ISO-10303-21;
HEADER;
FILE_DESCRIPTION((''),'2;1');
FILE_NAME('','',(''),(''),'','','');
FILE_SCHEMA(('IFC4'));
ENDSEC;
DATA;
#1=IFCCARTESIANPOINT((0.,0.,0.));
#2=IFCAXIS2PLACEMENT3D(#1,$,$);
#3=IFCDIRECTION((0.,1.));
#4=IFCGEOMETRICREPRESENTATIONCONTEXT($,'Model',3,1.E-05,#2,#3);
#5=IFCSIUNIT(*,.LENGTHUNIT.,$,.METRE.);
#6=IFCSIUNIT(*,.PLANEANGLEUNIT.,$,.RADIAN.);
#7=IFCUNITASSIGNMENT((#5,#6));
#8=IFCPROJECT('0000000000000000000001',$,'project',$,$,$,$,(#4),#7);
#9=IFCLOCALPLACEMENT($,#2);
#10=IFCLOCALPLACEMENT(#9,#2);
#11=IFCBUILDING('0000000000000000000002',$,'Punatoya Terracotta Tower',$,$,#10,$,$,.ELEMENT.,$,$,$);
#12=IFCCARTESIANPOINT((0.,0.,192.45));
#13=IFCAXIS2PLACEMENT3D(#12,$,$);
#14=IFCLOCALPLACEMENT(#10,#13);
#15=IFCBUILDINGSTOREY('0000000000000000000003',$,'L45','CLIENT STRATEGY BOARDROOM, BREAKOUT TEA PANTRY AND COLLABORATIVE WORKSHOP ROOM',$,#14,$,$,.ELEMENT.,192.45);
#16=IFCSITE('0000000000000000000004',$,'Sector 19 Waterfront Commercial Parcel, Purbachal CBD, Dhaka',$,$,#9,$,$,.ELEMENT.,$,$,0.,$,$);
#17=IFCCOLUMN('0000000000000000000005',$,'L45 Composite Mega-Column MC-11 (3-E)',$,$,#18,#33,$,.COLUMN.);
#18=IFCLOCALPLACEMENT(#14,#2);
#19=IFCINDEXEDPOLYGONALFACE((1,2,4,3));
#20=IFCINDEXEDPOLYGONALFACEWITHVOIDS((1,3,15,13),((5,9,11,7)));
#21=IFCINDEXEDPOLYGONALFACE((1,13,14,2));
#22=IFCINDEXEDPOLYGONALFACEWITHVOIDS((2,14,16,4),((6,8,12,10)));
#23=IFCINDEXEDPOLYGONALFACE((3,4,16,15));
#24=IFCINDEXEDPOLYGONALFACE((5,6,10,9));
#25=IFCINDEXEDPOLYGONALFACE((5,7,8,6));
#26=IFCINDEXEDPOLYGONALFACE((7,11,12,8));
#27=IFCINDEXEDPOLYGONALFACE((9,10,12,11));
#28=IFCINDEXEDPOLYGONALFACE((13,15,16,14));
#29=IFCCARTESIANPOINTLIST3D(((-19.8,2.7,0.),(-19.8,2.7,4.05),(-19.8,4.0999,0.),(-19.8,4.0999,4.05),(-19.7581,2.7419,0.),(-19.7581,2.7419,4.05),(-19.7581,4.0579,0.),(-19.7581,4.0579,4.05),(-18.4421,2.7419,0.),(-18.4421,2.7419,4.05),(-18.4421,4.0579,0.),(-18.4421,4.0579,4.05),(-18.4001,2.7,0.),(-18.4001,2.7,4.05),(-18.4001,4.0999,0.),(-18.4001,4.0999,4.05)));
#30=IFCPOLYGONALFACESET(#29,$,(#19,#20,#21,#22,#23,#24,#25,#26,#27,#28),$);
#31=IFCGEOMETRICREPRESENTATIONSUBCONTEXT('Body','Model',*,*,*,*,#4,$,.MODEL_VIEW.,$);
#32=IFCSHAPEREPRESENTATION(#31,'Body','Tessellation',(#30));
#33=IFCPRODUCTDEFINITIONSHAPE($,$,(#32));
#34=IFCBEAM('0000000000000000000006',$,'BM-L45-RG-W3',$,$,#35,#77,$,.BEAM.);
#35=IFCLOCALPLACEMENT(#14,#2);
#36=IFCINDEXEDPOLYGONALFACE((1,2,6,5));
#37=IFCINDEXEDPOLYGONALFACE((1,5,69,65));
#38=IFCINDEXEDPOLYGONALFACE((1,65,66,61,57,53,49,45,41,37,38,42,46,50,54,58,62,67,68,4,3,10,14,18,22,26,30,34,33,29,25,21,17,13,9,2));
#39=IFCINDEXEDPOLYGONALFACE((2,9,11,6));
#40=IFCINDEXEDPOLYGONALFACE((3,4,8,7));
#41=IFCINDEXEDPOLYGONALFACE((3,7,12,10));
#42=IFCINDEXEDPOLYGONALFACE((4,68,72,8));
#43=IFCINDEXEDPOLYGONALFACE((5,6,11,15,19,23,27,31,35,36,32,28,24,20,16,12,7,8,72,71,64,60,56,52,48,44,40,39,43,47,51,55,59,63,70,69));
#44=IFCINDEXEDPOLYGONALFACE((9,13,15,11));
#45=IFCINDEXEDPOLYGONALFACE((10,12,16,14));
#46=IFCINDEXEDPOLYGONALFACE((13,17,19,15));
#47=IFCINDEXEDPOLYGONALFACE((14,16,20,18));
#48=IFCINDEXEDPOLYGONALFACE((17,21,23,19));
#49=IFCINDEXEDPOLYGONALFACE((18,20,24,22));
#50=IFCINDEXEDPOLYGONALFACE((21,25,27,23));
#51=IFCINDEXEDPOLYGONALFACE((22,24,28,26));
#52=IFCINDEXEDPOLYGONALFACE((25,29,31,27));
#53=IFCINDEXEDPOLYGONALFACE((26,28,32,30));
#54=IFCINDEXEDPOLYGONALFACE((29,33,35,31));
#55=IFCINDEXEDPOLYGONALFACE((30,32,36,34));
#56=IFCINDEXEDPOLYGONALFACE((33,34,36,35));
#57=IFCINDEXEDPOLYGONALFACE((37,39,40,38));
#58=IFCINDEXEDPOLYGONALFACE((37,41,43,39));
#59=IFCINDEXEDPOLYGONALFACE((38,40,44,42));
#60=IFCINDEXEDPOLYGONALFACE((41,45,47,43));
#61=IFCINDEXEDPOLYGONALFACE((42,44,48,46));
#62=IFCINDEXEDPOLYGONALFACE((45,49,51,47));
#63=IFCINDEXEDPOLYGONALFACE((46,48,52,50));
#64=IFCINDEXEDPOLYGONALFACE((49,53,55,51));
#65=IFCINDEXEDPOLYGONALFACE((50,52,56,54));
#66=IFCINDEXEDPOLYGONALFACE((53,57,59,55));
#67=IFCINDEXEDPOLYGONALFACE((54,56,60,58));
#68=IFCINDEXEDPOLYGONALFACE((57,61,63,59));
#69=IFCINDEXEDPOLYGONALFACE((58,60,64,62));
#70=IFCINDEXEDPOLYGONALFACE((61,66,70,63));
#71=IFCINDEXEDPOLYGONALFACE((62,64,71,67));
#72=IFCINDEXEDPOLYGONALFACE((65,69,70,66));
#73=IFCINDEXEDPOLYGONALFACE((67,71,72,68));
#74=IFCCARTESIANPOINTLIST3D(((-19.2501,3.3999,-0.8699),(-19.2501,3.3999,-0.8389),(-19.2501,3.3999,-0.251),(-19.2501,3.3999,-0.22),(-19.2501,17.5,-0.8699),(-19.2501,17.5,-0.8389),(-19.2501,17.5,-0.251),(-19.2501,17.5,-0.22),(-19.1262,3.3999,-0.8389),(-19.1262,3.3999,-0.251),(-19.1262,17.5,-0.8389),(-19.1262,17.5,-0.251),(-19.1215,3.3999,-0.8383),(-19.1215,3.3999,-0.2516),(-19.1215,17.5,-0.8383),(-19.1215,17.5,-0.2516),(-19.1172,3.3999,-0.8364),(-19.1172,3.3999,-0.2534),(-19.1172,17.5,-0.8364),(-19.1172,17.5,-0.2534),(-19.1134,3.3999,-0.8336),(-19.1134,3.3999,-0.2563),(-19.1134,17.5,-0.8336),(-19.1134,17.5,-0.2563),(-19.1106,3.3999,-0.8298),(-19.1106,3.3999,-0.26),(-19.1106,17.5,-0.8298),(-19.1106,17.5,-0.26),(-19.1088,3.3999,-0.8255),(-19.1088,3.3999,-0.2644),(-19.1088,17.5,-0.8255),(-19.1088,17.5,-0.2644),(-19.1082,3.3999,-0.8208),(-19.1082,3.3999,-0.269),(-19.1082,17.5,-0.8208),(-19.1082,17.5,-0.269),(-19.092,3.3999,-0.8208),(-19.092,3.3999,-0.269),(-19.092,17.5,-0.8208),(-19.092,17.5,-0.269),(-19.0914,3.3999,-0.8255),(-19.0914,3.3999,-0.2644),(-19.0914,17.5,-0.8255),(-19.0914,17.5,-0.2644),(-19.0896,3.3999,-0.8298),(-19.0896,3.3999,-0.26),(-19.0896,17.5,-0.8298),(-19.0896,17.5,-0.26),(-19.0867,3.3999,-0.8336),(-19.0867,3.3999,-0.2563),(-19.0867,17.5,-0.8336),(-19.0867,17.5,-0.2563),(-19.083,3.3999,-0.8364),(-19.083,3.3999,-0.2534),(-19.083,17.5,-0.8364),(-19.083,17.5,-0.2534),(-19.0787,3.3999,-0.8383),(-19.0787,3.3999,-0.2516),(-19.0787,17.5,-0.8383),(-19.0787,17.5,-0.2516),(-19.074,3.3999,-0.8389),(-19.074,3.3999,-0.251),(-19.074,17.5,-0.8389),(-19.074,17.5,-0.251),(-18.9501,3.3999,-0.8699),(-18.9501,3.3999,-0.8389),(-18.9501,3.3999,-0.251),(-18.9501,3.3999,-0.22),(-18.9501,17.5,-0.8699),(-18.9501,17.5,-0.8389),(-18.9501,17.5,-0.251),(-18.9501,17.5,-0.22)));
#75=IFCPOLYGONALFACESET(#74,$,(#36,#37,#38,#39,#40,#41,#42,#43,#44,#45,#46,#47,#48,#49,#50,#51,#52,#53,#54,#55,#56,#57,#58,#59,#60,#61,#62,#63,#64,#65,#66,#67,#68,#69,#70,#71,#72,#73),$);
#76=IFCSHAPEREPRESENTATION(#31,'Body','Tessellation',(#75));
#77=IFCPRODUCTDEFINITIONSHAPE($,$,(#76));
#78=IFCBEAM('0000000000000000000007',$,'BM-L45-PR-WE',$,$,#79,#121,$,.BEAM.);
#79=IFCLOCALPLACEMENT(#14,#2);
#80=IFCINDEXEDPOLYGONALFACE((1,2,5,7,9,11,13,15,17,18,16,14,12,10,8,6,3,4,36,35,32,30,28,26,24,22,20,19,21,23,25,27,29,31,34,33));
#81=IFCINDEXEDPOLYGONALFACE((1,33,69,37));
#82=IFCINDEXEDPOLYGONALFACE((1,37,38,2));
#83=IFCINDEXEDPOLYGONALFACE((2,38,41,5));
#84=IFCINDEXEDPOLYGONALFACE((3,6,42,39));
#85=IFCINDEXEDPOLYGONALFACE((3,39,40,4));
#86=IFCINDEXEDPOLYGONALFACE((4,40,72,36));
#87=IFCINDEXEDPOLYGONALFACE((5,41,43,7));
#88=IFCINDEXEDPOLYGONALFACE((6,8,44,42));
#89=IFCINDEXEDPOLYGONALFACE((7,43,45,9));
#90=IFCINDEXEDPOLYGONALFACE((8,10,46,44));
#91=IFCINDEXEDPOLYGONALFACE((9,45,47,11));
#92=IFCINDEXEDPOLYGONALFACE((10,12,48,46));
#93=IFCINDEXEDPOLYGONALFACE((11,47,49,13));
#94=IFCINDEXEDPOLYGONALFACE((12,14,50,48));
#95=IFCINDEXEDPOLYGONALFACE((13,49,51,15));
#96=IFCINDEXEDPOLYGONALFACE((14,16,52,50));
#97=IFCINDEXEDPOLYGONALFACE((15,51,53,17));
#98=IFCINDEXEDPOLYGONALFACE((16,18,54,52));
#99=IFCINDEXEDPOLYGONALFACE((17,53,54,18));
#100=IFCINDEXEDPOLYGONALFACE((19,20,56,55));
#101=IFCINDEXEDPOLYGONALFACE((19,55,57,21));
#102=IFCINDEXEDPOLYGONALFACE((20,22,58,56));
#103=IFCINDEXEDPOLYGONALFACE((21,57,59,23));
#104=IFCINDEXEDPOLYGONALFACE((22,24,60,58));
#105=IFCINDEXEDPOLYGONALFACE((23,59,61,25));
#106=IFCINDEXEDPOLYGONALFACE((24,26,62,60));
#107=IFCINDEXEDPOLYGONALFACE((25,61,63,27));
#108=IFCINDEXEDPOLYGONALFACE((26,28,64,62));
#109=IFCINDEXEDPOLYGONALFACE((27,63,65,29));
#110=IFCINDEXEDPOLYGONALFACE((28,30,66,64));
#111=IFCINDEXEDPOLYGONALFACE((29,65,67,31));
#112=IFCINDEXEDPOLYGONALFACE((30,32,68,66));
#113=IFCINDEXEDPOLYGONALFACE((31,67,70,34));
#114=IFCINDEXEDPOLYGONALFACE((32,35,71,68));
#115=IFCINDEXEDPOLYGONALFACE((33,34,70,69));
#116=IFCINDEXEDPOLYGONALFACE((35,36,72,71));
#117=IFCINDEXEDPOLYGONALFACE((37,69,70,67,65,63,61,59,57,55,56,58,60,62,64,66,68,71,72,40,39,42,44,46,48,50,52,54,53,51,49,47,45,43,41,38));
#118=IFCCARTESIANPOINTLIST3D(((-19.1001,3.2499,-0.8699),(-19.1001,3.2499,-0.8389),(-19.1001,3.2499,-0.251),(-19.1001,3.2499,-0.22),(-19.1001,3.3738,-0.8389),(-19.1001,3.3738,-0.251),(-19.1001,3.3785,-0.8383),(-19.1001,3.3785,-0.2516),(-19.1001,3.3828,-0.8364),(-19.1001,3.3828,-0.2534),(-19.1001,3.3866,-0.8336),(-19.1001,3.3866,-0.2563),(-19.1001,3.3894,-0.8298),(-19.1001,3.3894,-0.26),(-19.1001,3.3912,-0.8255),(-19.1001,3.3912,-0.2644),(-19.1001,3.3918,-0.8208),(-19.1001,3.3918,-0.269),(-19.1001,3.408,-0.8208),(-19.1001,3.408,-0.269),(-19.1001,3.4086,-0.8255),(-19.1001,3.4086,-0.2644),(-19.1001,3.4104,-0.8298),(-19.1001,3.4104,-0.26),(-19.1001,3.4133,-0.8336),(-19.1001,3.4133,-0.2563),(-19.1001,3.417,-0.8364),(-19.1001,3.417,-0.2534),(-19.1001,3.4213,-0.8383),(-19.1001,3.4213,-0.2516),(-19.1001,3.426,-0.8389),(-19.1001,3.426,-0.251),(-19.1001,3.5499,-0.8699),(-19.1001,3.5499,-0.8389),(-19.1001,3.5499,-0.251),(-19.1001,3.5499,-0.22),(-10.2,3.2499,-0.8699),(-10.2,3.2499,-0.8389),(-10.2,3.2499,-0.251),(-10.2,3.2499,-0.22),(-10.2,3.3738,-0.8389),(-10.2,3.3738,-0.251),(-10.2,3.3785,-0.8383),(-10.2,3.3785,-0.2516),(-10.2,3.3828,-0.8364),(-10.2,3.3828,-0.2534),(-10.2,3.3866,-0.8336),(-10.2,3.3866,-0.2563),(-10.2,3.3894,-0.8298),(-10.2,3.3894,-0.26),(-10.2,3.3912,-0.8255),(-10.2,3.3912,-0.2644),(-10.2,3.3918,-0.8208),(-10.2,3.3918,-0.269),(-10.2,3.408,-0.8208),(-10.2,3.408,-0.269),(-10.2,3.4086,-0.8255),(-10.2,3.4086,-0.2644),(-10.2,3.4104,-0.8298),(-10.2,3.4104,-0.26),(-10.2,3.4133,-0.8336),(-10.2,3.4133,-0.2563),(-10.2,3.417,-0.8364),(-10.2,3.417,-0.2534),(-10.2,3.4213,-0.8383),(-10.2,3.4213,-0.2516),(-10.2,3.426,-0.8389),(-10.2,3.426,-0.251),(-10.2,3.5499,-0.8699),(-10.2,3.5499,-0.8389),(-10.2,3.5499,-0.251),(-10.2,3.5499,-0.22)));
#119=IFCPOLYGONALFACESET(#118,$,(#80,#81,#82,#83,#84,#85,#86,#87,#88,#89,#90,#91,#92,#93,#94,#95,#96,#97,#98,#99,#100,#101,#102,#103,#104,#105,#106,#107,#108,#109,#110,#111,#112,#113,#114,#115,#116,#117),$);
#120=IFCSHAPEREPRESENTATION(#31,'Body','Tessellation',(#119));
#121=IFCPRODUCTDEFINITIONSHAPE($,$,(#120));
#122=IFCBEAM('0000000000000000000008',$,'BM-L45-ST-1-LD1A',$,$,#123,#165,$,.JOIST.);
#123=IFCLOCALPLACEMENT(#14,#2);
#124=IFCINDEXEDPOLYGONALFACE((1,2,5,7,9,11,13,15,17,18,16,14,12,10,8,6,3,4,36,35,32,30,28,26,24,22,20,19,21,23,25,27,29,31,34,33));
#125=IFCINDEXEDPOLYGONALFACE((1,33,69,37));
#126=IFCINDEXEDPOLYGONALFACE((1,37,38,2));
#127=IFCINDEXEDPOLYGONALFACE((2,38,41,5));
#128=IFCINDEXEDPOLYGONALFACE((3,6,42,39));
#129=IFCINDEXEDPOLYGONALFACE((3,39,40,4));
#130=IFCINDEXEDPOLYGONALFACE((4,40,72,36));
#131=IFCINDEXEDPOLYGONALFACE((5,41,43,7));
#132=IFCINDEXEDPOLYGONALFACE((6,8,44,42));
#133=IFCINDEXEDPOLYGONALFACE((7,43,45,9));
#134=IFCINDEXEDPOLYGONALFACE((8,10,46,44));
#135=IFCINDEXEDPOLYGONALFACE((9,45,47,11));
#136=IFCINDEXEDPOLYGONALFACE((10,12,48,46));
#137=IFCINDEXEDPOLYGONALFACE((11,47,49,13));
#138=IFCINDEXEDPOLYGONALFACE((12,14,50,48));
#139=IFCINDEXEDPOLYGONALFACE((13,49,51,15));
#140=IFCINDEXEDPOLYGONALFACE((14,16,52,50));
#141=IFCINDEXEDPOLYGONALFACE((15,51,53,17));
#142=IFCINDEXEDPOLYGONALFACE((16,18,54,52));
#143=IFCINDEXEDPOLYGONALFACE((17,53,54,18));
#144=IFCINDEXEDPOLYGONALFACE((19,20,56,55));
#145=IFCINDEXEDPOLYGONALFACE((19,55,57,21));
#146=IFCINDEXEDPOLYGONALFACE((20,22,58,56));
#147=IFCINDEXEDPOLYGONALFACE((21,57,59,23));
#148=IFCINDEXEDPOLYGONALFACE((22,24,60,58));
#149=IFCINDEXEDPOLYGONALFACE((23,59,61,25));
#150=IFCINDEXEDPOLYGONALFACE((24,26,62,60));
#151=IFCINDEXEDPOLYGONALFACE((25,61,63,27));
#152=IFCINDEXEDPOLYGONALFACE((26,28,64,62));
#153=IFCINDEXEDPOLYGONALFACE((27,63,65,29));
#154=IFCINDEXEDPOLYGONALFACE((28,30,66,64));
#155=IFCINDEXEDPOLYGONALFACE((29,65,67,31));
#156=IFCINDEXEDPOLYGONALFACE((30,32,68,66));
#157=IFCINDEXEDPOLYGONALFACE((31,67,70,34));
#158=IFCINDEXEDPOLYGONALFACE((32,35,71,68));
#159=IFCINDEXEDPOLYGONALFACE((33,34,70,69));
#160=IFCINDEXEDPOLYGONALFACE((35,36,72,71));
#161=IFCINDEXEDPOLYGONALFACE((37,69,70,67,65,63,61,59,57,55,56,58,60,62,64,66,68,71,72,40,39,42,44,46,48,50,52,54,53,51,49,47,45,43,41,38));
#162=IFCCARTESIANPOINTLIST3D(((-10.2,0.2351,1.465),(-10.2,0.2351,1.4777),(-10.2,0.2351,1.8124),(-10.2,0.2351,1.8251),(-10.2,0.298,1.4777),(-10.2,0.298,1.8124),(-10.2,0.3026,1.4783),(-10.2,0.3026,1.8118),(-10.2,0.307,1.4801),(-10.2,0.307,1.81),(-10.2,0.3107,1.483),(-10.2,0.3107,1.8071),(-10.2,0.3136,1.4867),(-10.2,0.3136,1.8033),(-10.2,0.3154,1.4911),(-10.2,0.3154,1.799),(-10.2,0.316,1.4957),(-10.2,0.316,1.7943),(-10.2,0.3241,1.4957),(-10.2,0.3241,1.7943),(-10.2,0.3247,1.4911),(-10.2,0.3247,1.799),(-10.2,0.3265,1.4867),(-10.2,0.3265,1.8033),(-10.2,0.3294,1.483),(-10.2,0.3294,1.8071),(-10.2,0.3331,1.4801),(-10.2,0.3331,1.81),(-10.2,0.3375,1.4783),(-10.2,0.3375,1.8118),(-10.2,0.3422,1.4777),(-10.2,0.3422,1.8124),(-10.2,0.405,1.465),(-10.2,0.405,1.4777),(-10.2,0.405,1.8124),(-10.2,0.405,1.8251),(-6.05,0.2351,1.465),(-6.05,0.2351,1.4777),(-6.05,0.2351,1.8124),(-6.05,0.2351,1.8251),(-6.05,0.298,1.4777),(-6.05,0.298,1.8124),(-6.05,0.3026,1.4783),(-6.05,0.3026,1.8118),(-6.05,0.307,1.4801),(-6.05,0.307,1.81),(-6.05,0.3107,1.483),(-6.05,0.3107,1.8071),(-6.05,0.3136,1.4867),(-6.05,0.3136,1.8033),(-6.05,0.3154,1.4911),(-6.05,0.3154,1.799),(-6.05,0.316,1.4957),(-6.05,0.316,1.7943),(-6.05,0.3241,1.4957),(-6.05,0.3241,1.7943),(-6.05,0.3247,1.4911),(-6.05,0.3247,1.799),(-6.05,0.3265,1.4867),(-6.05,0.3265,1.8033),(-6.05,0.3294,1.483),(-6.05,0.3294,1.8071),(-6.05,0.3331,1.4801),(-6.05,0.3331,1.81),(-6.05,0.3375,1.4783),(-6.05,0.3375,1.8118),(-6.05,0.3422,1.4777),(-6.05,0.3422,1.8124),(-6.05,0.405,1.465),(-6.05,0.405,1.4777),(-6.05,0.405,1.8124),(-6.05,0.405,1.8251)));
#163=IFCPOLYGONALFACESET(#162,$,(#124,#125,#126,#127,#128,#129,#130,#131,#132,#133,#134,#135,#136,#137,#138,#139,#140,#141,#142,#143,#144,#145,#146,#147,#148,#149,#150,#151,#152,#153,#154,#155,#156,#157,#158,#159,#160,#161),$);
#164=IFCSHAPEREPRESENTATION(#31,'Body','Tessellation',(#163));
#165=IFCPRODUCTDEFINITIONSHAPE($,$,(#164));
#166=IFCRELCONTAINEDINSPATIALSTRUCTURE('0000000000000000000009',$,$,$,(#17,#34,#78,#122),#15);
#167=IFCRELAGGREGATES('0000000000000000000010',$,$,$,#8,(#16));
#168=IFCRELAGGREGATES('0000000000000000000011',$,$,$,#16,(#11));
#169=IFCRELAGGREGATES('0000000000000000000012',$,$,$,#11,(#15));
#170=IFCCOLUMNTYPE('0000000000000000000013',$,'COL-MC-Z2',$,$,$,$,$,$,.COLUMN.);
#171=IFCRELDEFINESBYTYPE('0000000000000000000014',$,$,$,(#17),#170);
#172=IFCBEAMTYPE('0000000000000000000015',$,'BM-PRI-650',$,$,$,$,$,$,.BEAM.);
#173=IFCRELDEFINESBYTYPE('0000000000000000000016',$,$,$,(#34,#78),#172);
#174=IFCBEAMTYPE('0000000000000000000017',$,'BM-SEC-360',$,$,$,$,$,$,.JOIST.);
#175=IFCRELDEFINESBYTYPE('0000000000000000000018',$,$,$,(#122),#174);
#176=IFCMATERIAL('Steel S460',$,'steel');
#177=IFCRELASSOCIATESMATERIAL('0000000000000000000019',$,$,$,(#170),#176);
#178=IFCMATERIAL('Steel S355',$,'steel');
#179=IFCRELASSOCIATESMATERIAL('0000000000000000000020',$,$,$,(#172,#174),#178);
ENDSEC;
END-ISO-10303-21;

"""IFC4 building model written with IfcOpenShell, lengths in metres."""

from ifc_helpers import new_model, si_unit, direction, frame, origin, origin_2d, place, context, subcontext, project, spatial, hollow_rectangle, i_section, extrude, material, material_profile, profile_set, type_object, element, save


model = new_model("IFC4")

# Units and contexts
model_context = context("Model", 3, precision=1e-05, world=origin(), true_north=direction((0.0, 1.0)))
body_context = subcontext(model_context, "Body", "Model", "MODEL_VIEW")
ifc_project = project(units=[si_unit("LENGTHUNIT", "METRE"), si_unit("PLANEANGLEUNIT", "RADIAN")], contexts=[model_context])

# Site, building, storey
site_placement = place(None, origin())
site = spatial("IfcSite", under=ifc_project, at=site_placement, Name="Sector 19 Waterfront Commercial Parcel, Purbachal CBD, Dhaka", CompositionType="ELEMENT", RefElevation=0.0)
building_placement = place(site_placement, origin())
building = spatial("IfcBuilding", under=site, at=building_placement, Name="Punatoya Terracotta Tower", CompositionType="ELEMENT")
storey_placement = place(building_placement, frame((0.0, 0.0, 192.45)))
storey = spatial("IfcBuildingStorey", under=building, at=storey_placement, Name="L45", Description="CLIENT STRATEGY BOARDROOM, BREAKOUT TEA PANTRY AND COLLABORATIVE WORKSHOP ROOM", CompositionType="ELEMENT", Elevation=192.45)

# Column
ifc_material_1 = material(Name="Steel S460", Category="steel")
ifc_material_profile_1 = material_profile(ifc_material_1, hollow_rectangle(XDim=1.3999, YDim=1.3999, WallThickness=0.042, at=origin_2d()))
ifc_profile_set_1 = profile_set([ifc_material_profile_1], Name="Steel S460")
column_type = type_object("IfcColumnType", Name="COL-MC-Z2", PredefinedType="COLUMN", material=ifc_profile_set_1)
column_placement = place(storey_placement, frame((-19.1001, 3.3999, 0.0), z_axis=(0.0, 0.0, 1.0), x_axis=(1.0, 0.0, 0.0)))
element("IfcColumn", 1, at=column_placement, inside=storey, type_object=column_type, Name="L45 Composite Mega-Column MC-11 (3-E)", PredefinedType="COLUMN", context=body_context, shape_type="SweptSolid", body=[
    extrude(hollow_rectangle(XDim=1.3999, YDim=1.3999, WallThickness=0.042, at=origin_2d()), origin(), (0.0, 0.0, 1.0), 4.05),
])

# Beams
ifc_material_2 = material(Name="Steel S355", Category="steel")
ifc_material_profile_2 = material_profile(ifc_material_2, i_section(OverallWidth=0.3, OverallDepth=0.6499, WebThickness=0.0161, FlangeThickness=0.031, FilletRadius=0.0181, at=origin_2d()))
ifc_profile_set_2 = profile_set([ifc_material_profile_2], Name="Steel S355")
beam_type_1 = type_object("IfcBeamType", Name="BM-PRI-650", PredefinedType="BEAM", material=ifc_profile_set_2)
beam_1_placement = place(storey_placement, frame((-19.1001, 3.3999, -0.5449), z_axis=(0.0, 1.0, 0.0), x_axis=(-1.0, 0.0, 0.0)))
element("IfcBeam", 2, at=beam_1_placement, inside=storey, type_object=beam_type_1, Name="BM-L45-RG-W3", PredefinedType="BEAM", context=body_context, shape_type="SweptSolid", body=[
    extrude(i_section(OverallWidth=0.3, OverallDepth=0.6499, WebThickness=0.0161, FlangeThickness=0.031, FilletRadius=0.0181, at=origin_2d()), origin(), (0.0, 0.0, 1.0), 14.1001),
])
beam_2_placement = place(storey_placement, frame((-19.1001, 3.3999, -0.5449), z_axis=(1.0, 0.0, 0.0), x_axis=(0.0, 1.0, 0.0)))
element("IfcBeam", 3, at=beam_2_placement, inside=storey, type_object=beam_type_1, Name="BM-L45-PR-WE", PredefinedType="BEAM", context=body_context, shape_type="SweptSolid", body=[
    extrude(i_section(OverallWidth=0.3, OverallDepth=0.6499, WebThickness=0.0161, FlangeThickness=0.031, FilletRadius=0.0181, at=origin_2d()), origin(), (0.0, 0.0, 1.0), 8.9001),
])
ifc_material_profile_3 = material_profile(ifc_material_2, i_section(OverallWidth=0.1699, OverallDepth=0.3601, WebThickness=0.0081, FlangeThickness=0.0127, FilletRadius=0.0181, at=origin_2d()))
ifc_profile_set_3 = profile_set([ifc_material_profile_3], Name="Steel S355")
beam_type_2 = type_object("IfcBeamType", Name="BM-SEC-360", PredefinedType="JOIST", material=ifc_profile_set_3)
for number, where, z_axis, x_axis, name in (
    (4, (-10.2, 0.3201, 1.645), (1.0, 0.0, 0.0), (0.0, 1.0, 0.0), "BM-L45-ST-1-LD1A"),
):
    element("IfcBeam", number, at=place(storey_placement, frame(where, z_axis=z_axis, x_axis=x_axis)), inside=storey, type_object=beam_type_2, Name=name, PredefinedType="JOIST", context=body_context, shape_type="SweptSolid", body=[
        extrude(i_section(OverallWidth=0.1699, OverallDepth=0.3601, WebThickness=0.0081, FlangeThickness=0.0127, FilletRadius=0.0181, at=origin_2d()), origin(), (0.0, 0.0, 1.0), 4.1499),
    ])

save(model, "model.ifc")
